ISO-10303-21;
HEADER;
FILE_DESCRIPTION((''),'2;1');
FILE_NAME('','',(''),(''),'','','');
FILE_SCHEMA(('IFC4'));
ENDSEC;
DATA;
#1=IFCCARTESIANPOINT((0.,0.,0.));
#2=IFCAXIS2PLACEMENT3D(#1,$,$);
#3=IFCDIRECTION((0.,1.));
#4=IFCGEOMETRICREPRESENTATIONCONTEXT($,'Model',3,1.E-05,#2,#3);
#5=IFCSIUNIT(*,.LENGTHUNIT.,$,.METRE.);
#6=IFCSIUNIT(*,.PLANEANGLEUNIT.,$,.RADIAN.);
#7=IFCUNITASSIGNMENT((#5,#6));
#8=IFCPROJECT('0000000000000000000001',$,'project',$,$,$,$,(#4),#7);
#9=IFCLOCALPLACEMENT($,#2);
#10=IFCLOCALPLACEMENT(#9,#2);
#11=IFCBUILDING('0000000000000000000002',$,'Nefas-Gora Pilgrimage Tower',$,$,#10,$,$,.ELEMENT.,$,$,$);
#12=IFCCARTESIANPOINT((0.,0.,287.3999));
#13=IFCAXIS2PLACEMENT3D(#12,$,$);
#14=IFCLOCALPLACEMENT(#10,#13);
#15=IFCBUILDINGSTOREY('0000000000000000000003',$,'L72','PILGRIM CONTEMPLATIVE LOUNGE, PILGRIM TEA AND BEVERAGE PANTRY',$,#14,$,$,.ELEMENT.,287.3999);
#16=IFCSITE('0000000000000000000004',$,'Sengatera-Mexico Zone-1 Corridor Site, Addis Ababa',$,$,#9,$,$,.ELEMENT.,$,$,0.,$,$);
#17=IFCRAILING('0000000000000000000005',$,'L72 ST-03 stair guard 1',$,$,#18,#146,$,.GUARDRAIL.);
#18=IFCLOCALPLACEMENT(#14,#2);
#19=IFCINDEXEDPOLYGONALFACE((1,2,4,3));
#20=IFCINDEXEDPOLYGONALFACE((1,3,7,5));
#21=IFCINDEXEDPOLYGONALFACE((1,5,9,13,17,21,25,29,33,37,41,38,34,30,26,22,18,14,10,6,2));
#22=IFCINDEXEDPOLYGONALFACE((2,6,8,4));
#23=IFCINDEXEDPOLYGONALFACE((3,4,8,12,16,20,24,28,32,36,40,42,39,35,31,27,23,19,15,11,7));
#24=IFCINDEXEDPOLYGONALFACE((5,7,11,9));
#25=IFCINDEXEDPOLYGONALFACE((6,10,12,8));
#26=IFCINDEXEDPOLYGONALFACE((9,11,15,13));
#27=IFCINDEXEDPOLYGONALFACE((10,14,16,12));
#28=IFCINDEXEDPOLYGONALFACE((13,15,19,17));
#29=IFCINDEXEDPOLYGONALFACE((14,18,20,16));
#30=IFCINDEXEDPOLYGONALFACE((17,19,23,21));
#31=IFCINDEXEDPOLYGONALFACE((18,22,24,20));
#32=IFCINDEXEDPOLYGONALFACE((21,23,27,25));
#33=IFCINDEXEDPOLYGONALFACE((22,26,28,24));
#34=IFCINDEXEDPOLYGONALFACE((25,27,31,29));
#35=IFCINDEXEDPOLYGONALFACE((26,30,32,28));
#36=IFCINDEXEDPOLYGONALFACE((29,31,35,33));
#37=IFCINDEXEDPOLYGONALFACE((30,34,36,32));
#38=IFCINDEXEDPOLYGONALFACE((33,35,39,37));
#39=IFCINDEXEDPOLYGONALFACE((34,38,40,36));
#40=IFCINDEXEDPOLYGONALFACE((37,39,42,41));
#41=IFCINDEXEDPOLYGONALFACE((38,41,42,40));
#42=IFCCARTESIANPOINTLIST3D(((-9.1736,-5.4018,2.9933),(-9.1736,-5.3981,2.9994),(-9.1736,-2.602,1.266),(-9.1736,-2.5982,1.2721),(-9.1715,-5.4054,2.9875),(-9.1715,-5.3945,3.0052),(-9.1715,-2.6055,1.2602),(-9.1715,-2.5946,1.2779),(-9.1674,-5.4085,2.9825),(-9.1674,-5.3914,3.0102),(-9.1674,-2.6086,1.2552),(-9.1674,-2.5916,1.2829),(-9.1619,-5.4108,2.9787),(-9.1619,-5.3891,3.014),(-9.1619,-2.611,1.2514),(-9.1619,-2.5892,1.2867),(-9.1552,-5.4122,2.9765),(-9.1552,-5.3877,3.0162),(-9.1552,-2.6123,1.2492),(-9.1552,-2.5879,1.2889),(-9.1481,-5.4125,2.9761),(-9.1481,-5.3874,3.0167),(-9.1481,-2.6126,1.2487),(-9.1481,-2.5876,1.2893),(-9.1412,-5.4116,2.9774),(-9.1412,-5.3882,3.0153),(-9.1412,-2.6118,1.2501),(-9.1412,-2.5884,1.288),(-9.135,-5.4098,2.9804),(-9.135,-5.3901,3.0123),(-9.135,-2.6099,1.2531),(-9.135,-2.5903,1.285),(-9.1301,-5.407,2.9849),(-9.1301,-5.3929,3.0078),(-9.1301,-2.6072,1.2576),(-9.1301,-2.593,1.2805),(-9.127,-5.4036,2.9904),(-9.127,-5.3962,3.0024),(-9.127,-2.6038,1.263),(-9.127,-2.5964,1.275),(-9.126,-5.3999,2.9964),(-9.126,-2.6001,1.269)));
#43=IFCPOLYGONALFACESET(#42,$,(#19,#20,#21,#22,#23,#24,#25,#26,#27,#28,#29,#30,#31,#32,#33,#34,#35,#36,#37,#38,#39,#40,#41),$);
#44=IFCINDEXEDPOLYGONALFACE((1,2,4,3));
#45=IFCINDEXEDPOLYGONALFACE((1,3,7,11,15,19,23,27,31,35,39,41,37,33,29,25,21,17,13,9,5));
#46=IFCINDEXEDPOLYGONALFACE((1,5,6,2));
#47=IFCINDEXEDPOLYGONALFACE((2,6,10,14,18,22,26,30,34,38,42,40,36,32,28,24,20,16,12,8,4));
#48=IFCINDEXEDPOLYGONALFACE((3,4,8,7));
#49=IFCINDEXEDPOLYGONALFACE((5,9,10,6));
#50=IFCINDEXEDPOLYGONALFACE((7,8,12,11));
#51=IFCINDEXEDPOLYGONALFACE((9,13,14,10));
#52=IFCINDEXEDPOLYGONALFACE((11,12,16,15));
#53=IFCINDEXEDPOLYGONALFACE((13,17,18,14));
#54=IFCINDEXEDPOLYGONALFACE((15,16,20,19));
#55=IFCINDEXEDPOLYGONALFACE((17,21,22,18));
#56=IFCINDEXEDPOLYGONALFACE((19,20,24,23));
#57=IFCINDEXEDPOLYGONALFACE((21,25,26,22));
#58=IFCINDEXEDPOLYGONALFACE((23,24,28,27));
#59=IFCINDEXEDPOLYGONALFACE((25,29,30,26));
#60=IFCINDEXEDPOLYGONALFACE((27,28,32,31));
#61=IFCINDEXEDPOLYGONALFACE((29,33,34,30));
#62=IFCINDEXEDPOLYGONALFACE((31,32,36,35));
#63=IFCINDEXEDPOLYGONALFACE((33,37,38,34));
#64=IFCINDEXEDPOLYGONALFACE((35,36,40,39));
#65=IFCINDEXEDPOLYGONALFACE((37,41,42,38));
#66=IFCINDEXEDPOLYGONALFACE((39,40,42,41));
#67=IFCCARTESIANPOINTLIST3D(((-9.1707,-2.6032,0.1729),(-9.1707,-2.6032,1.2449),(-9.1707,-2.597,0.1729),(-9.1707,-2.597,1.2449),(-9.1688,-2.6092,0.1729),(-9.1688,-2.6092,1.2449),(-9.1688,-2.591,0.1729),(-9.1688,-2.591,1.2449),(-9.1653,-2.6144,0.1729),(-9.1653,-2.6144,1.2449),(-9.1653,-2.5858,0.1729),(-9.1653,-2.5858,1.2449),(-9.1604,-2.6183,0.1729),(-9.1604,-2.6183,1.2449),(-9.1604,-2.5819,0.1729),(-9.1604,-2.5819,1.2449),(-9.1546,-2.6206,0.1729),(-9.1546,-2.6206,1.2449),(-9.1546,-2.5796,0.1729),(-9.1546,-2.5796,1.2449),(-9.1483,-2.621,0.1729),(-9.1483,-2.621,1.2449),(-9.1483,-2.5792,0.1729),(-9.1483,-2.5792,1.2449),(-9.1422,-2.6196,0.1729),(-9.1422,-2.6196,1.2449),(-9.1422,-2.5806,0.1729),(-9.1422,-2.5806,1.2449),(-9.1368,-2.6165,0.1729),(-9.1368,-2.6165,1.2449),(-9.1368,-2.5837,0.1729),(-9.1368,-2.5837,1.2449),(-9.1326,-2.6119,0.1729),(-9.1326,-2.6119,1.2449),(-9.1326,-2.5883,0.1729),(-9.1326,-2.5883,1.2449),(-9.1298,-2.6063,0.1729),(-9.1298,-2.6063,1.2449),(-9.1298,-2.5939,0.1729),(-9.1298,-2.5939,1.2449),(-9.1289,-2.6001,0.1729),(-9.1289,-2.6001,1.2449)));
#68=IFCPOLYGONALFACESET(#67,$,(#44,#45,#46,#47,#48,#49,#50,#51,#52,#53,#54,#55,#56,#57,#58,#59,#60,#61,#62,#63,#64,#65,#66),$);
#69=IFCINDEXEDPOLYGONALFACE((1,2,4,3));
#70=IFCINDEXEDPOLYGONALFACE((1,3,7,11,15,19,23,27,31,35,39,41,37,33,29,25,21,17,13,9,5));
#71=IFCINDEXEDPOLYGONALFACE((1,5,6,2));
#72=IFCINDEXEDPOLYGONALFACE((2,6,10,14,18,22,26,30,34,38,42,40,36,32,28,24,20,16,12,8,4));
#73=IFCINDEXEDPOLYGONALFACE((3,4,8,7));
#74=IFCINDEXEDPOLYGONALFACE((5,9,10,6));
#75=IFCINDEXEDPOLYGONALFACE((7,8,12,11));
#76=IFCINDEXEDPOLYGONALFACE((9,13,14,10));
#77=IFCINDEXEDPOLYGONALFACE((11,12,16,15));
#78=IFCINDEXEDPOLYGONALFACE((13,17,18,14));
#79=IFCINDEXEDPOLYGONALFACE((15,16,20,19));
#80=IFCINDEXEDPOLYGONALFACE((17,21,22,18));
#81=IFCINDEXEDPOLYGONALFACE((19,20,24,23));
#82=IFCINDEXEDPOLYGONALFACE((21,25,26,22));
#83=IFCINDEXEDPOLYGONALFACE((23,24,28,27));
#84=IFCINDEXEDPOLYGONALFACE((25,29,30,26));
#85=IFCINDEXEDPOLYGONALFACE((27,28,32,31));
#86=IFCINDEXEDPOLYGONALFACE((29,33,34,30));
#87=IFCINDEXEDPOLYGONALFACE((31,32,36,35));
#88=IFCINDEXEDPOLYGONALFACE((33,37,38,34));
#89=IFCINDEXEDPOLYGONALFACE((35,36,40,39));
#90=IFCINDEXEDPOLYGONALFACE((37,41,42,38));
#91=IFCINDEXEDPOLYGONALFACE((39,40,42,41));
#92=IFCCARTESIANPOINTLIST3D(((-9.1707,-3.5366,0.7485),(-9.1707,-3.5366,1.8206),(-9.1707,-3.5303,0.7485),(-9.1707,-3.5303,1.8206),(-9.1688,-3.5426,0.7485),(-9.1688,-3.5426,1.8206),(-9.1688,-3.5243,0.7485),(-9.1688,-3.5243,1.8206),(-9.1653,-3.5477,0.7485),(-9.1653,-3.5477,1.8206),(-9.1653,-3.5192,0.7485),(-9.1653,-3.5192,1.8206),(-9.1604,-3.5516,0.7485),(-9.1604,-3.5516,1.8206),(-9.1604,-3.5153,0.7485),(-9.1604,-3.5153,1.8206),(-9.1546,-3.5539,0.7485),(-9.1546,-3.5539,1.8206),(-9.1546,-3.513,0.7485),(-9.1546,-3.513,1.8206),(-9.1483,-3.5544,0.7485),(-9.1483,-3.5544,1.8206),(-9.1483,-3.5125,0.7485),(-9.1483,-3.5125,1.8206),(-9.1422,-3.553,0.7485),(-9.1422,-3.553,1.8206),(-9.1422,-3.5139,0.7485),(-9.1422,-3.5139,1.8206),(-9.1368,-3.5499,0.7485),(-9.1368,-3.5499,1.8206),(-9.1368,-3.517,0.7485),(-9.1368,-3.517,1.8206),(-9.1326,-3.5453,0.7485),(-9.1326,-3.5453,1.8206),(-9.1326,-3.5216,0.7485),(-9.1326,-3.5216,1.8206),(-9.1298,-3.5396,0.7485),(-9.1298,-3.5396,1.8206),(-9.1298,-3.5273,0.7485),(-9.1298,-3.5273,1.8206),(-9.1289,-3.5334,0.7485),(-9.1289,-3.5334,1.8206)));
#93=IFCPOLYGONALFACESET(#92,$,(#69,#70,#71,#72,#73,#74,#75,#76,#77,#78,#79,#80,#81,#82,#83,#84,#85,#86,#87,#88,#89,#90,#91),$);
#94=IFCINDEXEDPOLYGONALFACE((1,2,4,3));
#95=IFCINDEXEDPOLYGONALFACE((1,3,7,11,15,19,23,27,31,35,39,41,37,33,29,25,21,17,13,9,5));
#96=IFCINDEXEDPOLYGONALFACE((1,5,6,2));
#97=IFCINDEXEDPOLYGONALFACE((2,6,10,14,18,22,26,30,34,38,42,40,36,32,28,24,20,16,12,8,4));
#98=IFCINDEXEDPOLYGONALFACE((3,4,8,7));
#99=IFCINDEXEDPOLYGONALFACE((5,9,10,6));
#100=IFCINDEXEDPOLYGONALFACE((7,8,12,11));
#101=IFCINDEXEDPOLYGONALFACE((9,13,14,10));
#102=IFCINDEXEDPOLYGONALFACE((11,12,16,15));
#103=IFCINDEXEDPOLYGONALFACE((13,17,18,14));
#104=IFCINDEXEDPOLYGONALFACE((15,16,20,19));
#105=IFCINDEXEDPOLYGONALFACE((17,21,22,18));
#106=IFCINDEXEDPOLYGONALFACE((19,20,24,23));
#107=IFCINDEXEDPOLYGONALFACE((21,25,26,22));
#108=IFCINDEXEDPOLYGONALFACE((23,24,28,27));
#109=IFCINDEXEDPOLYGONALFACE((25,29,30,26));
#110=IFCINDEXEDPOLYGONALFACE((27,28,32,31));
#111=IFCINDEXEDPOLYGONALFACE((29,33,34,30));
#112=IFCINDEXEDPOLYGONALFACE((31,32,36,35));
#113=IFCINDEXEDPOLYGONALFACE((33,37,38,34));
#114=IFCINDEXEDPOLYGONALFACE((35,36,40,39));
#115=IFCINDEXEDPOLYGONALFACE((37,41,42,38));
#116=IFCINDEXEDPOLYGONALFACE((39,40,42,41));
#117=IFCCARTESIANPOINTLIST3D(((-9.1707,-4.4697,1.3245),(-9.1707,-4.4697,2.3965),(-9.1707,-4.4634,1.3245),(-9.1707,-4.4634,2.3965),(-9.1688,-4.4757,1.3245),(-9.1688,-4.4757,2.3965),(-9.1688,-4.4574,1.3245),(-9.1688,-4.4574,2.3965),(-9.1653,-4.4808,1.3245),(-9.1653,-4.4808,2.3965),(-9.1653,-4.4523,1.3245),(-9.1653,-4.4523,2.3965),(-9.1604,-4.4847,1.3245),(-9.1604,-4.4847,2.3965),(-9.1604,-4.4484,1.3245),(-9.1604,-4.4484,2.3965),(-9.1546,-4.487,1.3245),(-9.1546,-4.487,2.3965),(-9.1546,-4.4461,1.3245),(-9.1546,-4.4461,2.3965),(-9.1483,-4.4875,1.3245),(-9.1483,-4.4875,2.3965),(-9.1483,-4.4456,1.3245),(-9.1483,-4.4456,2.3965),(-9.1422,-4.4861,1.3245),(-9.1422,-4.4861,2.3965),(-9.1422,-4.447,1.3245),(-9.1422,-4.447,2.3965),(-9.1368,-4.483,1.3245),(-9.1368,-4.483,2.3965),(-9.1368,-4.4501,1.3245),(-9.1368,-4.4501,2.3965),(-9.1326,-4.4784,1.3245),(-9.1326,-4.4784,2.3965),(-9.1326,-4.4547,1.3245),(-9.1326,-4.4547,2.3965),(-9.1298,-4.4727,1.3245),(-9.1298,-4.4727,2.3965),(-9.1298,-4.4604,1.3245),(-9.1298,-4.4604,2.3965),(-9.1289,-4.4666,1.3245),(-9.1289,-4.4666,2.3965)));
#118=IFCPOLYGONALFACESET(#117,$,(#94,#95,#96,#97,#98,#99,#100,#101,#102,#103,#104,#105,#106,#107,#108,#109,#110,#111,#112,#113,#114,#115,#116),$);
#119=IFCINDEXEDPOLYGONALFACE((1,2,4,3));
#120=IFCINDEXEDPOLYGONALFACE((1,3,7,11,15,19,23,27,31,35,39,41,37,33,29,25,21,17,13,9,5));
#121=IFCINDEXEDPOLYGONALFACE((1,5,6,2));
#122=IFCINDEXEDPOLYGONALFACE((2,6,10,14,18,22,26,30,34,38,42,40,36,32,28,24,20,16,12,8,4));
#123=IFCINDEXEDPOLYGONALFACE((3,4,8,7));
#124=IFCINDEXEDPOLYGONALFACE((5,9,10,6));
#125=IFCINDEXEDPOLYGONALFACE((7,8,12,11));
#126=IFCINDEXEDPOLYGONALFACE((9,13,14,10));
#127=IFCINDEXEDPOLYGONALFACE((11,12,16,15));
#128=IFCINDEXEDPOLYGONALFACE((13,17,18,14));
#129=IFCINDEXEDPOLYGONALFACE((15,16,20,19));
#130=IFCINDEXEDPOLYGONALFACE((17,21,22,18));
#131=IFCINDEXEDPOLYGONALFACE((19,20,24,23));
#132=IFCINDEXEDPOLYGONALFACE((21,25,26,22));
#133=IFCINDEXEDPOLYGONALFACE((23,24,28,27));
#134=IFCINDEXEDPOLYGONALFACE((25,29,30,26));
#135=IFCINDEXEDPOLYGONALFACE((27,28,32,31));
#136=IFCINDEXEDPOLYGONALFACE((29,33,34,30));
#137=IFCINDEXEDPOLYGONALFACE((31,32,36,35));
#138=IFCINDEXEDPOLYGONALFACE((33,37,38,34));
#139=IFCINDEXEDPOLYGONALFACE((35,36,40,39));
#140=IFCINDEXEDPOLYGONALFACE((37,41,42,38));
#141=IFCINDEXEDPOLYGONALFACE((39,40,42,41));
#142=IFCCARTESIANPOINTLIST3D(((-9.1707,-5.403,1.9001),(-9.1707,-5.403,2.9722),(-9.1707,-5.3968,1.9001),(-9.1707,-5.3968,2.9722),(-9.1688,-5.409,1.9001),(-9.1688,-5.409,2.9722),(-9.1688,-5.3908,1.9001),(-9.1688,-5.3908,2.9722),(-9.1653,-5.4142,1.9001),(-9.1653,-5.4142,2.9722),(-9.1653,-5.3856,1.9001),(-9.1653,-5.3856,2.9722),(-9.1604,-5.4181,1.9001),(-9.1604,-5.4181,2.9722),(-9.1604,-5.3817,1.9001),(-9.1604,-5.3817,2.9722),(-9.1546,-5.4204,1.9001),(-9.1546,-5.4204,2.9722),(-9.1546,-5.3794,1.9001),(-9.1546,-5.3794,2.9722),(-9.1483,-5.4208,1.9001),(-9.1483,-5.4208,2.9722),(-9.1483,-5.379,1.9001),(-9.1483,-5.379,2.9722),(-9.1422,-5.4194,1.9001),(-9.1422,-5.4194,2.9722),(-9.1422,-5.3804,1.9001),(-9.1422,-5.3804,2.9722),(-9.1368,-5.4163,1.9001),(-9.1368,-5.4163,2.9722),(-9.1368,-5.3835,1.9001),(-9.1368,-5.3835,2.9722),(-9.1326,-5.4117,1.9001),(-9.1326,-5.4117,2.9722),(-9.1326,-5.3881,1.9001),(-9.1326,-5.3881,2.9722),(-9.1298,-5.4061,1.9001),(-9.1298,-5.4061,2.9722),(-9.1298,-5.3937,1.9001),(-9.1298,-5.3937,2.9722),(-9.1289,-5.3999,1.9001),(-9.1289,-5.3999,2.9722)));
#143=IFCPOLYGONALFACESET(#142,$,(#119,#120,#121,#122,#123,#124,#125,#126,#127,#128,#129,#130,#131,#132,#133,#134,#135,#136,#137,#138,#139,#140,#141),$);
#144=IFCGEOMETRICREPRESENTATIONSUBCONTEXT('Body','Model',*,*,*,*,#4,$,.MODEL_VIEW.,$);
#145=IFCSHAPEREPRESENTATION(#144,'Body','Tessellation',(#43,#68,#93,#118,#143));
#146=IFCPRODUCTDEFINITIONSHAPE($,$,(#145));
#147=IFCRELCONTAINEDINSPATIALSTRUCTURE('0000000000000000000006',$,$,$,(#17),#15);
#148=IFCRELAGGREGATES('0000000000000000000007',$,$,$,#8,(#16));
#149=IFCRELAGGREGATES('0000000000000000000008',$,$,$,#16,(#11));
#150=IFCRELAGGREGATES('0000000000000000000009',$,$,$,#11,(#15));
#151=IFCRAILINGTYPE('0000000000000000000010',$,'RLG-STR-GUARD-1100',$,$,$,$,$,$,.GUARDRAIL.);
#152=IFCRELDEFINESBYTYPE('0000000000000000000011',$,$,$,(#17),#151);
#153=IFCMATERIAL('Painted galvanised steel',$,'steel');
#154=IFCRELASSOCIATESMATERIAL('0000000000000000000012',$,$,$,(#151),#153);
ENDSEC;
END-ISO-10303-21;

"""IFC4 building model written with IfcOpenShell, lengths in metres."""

from ifc_helpers import new_model, si_unit, direction, frame, origin, origin_2d, place, context, subcontext, project, spatial, circle, extrude, material, type_object, element, save


model = new_model("IFC4")

# Units and contexts
model_context = context("Model", 3, precision=1e-05, world=origin(), true_north=direction((0.0, 1.0)))
body_context = subcontext(model_context, "Body", "Model", "MODEL_VIEW")
ifc_project = project(units=[si_unit("LENGTHUNIT", "METRE"), si_unit("PLANEANGLEUNIT", "RADIAN")], contexts=[model_context])

# Site, building, storey
site_placement = place(None, origin())
site = spatial("IfcSite", under=ifc_project, at=site_placement, Name="Sengatera-Mexico Zone-1 Corridor Site, Addis Ababa", CompositionType="ELEMENT", RefElevation=0.0)
building_placement = place(site_placement, origin())
building = spatial("IfcBuilding", under=site, at=building_placement, Name="Nefas-Gora Pilgrimage Tower", CompositionType="ELEMENT")
storey_placement = place(building_placement, frame((0.0, 0.0, 287.3999)))
storey = spatial("IfcBuildingStorey", under=building, at=storey_placement, Name="L72", Description="PILGRIM CONTEMPLATIVE LOUNGE, PILGRIM TEA AND BEVERAGE PANTRY", CompositionType="ELEMENT", Elevation=287.3999)

# Railing
ifc_material_1 = material(Name="Painted galvanised steel", Category="steel")
railing_type_1 = type_object("IfcRailingType", Name="RLG-STR-GUARD-1100", PredefinedType="GUARDRAIL", material=ifc_material_1)
railing_1_placement = place(storey_placement, frame((-9.1499, -2.6001, 0.1729)))
element("IfcRailing", 1, at=railing_1_placement, inside=storey, type_object=railing_type_1, Name="L72 ST-03 stair guard 1", PredefinedType="GUARDRAIL", context=body_context, shape_type="SweptSolid", body=[
    extrude(circle(Radius=0.0239, at=origin_2d()), frame((0.0, 0.0, 1.0962), z_axis=(0.0, -0.851069, 0.525054), x_axis=(1.0, 0.0, 0.0)), (0.0, 0.0, 1.0), 3.2898),
    extrude(circle(Radius=0.021, at=origin_2d()), origin(), (0.0, 0.0, 1.0), 1.072),
    extrude(circle(Radius=0.021, at=origin_2d()), frame((0.0, -0.9333, 0.5757)), (0.0, 0.0, 1.0), 1.072),
    extrude(circle(Radius=0.021, at=origin_2d()), frame((0.0, -1.8665, 1.1516)), (0.0, 0.0, 1.0), 1.072),
    extrude(circle(Radius=0.021, at=origin_2d()), frame((0.0, -2.7998, 1.7273)), (0.0, 0.0, 1.0), 1.072),
])

save(model, "model.ifc")
